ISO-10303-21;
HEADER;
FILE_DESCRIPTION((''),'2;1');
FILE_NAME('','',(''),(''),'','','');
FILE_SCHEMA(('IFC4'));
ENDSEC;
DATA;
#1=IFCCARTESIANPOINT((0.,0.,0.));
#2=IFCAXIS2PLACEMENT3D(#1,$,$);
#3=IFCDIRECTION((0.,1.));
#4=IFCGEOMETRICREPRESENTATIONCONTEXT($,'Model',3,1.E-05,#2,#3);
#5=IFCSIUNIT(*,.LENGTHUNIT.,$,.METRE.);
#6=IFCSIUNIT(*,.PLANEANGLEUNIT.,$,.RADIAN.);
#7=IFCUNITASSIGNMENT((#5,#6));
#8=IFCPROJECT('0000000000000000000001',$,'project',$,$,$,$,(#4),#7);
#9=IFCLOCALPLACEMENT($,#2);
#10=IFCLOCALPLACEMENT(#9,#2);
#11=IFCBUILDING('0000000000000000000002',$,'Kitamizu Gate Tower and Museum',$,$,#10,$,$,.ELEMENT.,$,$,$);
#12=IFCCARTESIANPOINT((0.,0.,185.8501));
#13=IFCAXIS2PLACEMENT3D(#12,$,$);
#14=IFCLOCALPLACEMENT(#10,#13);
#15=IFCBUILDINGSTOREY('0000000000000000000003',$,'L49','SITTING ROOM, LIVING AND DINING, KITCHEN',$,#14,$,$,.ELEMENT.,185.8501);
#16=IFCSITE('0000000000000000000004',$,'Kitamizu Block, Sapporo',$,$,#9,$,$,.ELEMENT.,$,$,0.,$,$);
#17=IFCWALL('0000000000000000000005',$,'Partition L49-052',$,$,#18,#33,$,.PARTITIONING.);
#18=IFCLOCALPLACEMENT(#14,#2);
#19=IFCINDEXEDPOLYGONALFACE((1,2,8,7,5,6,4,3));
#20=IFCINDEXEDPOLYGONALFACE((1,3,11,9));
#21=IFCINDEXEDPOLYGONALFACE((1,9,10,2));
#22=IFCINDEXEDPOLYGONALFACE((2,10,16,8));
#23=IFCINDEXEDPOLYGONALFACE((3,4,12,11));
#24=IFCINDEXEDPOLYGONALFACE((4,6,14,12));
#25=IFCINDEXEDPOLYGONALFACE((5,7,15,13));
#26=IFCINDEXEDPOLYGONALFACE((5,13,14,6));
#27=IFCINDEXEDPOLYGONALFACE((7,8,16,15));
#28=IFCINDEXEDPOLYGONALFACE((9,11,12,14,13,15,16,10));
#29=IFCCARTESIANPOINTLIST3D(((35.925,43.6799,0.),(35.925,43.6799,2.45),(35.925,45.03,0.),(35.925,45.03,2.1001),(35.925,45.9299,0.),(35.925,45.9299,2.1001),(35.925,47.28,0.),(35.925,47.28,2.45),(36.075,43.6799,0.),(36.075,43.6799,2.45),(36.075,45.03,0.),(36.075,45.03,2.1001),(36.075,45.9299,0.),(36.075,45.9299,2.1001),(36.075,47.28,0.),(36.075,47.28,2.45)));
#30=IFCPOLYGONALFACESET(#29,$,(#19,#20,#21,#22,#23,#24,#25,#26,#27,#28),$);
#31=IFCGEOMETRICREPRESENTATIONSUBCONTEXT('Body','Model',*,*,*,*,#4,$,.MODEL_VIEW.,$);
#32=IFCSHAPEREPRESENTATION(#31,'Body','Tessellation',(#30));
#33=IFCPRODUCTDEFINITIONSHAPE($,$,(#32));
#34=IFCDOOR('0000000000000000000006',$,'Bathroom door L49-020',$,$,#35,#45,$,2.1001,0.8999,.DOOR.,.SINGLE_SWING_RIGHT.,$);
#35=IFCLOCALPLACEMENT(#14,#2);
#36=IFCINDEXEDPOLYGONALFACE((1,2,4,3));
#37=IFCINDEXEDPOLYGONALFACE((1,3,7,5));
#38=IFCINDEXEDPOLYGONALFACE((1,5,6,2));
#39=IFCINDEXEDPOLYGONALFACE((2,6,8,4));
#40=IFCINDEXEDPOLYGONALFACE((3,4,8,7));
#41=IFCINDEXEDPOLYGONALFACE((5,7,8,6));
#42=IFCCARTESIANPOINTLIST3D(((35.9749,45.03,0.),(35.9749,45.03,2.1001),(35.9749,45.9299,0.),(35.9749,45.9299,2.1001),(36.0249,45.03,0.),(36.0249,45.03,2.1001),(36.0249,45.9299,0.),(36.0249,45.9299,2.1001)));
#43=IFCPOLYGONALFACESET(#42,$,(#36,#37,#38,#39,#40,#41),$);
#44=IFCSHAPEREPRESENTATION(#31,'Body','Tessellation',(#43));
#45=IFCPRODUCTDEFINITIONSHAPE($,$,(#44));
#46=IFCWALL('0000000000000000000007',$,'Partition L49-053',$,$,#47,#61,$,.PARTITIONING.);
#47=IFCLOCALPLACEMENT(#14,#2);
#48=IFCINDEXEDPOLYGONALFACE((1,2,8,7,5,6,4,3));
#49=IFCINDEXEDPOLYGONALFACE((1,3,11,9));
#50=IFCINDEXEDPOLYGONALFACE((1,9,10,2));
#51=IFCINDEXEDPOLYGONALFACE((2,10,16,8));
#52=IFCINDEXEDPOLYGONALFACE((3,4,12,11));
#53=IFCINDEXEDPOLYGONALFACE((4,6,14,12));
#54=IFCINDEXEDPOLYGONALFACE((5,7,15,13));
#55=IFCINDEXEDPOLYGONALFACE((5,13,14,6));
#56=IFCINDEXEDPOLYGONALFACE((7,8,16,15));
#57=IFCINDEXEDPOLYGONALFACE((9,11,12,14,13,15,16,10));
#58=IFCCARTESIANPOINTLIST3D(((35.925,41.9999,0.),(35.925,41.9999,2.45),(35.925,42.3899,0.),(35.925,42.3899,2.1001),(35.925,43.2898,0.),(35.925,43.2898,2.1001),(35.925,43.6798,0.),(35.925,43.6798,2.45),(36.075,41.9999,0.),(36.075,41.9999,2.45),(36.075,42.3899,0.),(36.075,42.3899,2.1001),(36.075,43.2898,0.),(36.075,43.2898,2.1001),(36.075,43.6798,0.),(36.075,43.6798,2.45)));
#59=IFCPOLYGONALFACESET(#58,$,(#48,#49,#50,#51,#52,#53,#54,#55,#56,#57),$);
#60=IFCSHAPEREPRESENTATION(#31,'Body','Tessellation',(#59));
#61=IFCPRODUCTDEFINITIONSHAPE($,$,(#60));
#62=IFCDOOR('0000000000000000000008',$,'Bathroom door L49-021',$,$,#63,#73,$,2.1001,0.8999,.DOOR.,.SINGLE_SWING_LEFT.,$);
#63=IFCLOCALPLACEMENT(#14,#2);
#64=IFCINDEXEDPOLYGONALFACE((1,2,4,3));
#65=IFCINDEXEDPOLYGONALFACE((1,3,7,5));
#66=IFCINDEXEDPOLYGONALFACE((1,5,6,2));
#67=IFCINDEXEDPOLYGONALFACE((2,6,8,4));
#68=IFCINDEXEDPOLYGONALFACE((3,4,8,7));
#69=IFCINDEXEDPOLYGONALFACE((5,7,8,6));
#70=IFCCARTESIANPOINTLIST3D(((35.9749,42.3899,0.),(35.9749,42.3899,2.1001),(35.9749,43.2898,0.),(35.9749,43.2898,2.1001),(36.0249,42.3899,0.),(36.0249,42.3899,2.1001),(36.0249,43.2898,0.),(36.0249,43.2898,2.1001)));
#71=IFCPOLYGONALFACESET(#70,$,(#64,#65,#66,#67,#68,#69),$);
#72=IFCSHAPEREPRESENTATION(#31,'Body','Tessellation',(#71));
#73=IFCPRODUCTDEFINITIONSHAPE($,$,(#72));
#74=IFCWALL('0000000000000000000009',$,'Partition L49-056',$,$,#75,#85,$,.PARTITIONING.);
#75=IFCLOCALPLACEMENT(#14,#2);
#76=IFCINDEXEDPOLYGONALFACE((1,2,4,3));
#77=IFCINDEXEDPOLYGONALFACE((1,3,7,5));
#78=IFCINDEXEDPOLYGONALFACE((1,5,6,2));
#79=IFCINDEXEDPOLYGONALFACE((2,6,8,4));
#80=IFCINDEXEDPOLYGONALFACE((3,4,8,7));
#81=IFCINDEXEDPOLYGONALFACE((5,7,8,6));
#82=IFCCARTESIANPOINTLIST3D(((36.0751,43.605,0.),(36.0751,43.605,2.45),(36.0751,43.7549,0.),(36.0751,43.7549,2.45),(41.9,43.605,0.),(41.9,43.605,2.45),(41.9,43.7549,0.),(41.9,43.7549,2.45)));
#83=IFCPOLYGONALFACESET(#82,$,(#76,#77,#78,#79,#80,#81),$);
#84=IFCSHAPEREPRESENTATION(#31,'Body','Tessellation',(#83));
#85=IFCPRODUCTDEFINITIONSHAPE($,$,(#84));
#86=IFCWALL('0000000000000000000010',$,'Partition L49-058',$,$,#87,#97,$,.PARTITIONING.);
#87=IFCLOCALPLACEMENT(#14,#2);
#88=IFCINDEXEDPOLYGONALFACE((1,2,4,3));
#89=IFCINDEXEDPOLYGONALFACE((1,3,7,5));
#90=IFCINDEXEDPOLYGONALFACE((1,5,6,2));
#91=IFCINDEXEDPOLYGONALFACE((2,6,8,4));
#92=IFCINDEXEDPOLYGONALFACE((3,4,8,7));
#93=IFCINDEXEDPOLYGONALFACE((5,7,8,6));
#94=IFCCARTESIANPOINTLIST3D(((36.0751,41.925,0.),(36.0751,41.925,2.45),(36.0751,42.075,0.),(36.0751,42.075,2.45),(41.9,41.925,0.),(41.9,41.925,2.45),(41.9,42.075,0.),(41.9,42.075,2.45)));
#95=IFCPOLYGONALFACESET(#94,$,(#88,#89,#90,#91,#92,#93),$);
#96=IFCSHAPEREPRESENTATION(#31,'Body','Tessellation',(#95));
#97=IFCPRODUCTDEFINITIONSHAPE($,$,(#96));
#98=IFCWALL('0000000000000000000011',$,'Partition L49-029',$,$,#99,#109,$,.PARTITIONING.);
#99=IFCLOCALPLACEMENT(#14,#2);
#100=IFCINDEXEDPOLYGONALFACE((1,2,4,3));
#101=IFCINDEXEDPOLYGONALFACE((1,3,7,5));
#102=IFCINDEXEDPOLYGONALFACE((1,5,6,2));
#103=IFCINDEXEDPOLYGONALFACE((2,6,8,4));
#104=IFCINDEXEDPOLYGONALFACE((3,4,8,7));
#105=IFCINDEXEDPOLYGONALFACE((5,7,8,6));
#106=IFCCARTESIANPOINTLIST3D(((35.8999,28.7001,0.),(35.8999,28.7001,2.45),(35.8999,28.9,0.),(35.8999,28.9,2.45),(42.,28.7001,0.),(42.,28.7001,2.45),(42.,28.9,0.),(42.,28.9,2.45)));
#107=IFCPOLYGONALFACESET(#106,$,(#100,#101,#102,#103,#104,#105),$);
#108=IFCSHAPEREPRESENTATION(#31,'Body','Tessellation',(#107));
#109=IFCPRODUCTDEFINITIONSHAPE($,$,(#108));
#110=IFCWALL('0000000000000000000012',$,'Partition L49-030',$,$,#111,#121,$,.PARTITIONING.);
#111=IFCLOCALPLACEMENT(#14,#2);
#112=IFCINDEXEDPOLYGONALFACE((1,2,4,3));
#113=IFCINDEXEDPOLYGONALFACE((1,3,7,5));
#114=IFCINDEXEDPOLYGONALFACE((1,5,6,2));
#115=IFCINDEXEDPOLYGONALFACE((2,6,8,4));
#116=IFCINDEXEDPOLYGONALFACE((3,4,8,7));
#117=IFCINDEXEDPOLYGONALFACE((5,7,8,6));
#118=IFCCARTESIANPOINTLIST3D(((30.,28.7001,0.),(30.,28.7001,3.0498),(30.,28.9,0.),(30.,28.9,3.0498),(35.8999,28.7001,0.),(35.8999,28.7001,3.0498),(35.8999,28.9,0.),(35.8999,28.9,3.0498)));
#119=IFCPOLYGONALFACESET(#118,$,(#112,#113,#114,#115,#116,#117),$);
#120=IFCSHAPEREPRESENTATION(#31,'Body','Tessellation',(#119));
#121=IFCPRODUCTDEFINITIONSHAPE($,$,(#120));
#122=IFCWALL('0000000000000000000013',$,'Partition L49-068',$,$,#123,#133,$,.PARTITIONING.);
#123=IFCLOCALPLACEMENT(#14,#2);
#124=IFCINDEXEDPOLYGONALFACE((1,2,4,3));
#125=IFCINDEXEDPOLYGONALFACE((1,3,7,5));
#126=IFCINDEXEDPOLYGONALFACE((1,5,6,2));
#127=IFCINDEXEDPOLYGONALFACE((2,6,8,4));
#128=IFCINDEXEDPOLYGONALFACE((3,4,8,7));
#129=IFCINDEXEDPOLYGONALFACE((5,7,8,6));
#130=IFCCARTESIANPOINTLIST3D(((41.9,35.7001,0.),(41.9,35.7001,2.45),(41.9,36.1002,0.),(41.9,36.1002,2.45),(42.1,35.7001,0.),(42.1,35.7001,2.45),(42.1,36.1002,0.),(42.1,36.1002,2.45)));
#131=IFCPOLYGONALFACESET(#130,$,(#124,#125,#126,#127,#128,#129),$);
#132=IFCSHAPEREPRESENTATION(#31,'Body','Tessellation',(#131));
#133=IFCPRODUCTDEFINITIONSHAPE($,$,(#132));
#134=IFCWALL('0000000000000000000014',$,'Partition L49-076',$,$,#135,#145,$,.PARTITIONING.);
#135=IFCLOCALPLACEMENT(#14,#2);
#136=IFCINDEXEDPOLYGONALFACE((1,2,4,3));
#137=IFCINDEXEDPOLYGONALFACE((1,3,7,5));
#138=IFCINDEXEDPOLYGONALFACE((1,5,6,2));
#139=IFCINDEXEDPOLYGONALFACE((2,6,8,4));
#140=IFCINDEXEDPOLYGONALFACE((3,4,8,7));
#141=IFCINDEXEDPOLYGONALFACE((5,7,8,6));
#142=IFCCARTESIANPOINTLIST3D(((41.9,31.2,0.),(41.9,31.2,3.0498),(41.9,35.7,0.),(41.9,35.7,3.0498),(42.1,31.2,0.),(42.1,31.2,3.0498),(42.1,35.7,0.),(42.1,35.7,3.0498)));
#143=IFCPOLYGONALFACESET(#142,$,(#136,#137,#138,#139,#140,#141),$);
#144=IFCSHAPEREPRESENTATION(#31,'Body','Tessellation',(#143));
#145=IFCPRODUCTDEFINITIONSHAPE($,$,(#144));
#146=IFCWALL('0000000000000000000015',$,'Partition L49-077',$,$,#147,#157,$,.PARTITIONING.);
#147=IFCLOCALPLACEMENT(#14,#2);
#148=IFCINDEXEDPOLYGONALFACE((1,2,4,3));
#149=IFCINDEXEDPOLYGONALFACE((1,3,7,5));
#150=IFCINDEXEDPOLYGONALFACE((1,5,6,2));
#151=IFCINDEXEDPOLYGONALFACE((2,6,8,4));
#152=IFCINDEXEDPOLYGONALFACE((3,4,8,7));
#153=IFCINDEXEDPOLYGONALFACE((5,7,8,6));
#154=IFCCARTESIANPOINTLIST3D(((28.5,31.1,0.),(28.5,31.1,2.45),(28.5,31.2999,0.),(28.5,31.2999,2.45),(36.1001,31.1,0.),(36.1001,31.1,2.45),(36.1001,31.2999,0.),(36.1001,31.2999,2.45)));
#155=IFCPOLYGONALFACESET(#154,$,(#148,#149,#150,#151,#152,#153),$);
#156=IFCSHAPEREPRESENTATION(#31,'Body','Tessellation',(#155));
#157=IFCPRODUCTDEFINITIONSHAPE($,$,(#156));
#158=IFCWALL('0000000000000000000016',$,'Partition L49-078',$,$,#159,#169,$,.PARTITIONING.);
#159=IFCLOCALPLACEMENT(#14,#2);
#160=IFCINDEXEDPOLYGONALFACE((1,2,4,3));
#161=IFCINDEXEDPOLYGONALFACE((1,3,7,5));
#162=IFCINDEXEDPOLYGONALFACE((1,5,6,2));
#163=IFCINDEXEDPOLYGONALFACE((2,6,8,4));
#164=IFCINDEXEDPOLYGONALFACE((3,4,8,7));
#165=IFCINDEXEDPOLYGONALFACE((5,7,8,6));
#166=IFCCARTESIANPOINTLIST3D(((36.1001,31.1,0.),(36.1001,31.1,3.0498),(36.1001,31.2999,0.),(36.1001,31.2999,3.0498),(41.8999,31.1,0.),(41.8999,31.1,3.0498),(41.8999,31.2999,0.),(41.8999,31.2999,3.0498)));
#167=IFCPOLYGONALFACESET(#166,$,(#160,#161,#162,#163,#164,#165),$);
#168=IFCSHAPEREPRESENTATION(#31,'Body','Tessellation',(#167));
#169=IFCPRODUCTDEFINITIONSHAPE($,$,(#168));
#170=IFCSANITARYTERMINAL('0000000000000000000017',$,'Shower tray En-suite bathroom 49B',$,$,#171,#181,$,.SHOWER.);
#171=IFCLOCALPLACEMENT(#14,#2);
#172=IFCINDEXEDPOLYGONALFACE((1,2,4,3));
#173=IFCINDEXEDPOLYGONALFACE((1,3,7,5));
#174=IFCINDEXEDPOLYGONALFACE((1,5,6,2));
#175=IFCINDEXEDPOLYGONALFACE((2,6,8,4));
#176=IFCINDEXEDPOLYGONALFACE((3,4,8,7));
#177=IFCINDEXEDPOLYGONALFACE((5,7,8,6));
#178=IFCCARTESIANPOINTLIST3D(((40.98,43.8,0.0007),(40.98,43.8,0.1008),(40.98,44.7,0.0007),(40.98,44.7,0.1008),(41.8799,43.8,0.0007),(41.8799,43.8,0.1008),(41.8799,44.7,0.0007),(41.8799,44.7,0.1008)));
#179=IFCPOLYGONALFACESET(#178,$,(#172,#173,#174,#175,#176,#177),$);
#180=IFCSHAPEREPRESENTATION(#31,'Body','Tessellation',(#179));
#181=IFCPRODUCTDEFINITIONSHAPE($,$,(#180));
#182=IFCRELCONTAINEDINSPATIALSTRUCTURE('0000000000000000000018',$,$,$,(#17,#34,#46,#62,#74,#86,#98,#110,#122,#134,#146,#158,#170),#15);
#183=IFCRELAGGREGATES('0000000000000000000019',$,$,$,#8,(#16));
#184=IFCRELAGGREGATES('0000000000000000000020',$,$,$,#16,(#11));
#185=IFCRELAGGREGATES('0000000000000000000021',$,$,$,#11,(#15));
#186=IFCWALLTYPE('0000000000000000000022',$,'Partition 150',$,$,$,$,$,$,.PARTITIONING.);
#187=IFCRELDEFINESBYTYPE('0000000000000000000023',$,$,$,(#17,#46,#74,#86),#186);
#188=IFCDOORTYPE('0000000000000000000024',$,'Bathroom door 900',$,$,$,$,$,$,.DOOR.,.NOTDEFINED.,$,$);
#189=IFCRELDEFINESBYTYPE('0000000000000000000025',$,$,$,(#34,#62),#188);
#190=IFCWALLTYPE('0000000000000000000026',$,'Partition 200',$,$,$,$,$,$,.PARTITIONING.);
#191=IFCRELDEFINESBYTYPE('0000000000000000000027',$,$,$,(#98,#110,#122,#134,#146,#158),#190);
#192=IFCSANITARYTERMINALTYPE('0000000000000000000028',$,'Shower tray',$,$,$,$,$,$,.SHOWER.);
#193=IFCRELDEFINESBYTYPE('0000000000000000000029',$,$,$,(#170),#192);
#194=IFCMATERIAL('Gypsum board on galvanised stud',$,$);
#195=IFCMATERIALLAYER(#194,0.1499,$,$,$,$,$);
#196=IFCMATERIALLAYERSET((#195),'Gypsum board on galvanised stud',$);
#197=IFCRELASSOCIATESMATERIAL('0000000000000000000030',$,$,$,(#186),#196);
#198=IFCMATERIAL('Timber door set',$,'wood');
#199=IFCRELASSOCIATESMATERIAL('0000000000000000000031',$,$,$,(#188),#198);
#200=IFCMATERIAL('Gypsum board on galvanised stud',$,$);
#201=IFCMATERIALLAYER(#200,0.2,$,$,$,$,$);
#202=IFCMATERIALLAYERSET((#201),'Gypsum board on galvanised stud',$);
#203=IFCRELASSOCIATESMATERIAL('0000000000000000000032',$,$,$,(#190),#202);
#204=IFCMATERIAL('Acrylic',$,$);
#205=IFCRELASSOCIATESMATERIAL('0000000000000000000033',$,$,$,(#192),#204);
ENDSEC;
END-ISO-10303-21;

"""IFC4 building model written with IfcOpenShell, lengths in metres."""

from ifc_helpers import new_model, si_unit, direction, frame, frame_2d, origin, origin_2d, place, context, subcontext, project, spatial, rectangle, extrude, material, layer, layer_set, type_object, element, fill, save


model = new_model("IFC4")

# Units and contexts
model_context = context("Model", 3, precision=1e-05, world=origin(), true_north=direction((0.0, 1.0)))
body_context = subcontext(model_context, "Body", "Model", "MODEL_VIEW")
ifc_project = project(units=[si_unit("LENGTHUNIT", "METRE"), si_unit("PLANEANGLEUNIT", "RADIAN")], contexts=[model_context])

# Site, building, storey
site_placement = place(None, origin())
site = spatial("IfcSite", under=ifc_project, at=site_placement, Name="Kitamizu Block, Sapporo", CompositionType="ELEMENT", RefElevation=0.0)
building_placement = place(site_placement, origin())
building = spatial("IfcBuilding", under=site, at=building_placement, Name="Kitamizu Gate Tower and Museum", CompositionType="ELEMENT")
storey_placement = place(building_placement, frame((0.0, 0.0, 185.8501)))
storey = spatial("IfcBuildingStorey", under=building, at=storey_placement, Name="L49", Description="SITTING ROOM, LIVING AND DINING, KITCHEN", CompositionType="ELEMENT", Elevation=185.8501)

# Walls, openings, doors
ifc_material_1 = material(Name="Gypsum board on galvanised stud")
ifc_layer_1 = layer(ifc_material_1, 0.1499)
ifc_layer_set_1 = layer_set([ifc_layer_1], Name="Gypsum board on galvanised stud")
wall_type_1 = type_object("IfcWallType", Name="Partition 150", PredefinedType="PARTITIONING", material=ifc_layer_set_1)
wall_1_placement = place(storey_placement, frame((36.0, 43.6799, 0.0), z_axis=(0.0, 0.0, 1.0), x_axis=(0.0, 1.0, 0.0)))
wall_1 = element("IfcWall", 1, at=wall_1_placement, inside=storey, type_object=wall_type_1, Name="Partition L49-052", PredefinedType="PARTITIONING", context=body_context, shape_type="SweptSolid", body=[
    extrude(rectangle(XDim=3.6001, YDim=0.1499, at=frame_2d((1.8, 0.0))), origin(), (0.0, 0.0, 1.0), 2.45),
])
opening_1_placement = place(wall_1_placement, frame((1.3501, 0.0, 0.0)))
opening_1 = element("IfcOpeningElement", 2, at=opening_1_placement, cuts=wall_1, PredefinedType="OPENING", context=body_context, shape_type="SweptSolid", body=[
    extrude(rectangle(XDim=0.8999, YDim=2.1001, at=frame_2d((0.45, 1.05))), frame((0.0, 0.085, 0.0), z_axis=(0.0, -1.0, 0.0), x_axis=(1.0, 0.0, 0.0)), (0.0, 0.0, 1.0), 0.1699),
])
ifc_material_2 = material(Name="Timber door set", Category="wood")
door_type_1 = type_object("IfcDoorType", Name="Bathroom door 900", OperationType="NOTDEFINED", PredefinedType="DOOR", material=ifc_material_2)
door_1_placement = place(opening_1_placement, frame((0.8999, 0.0, 0.0), x_axis=(-1.0, 0.0, 0.0)))
door_1 = element("IfcDoor", 3, at=door_1_placement, inside=storey, type_object=door_type_1, Name="Bathroom door L49-020", OperationType="SINGLE_SWING_RIGHT", OverallHeight=2.1001, OverallWidth=0.8999, PredefinedType="DOOR", context=body_context, shape_type="SweptSolid", body=[
    extrude(rectangle(XDim=0.8999, YDim=2.1001, at=frame_2d((0.45, 1.05))), frame((0.0, 0.0249, 0.0), z_axis=(0.0, -1.0, 0.0), x_axis=(1.0, 0.0, 0.0)), (0.0, 0.0, 1.0), 0.05),
])
fill(opening_1, door_1)
wall_2_placement = place(storey_placement, frame((36.0, 42.0, 0.0), z_axis=(0.0, 0.0, 1.0), x_axis=(0.0, 1.0, 0.0)))
wall_2 = element("IfcWall", 4, at=wall_2_placement, inside=storey, type_object=wall_type_1, Name="Partition L49-053", PredefinedType="PARTITIONING", context=body_context, shape_type="SweptSolid", body=[
    extrude(rectangle(XDim=1.6799, YDim=0.1499, at=frame_2d((0.8398, 0.0))), origin(), (0.0, 0.0, 1.0), 2.45),
])
opening_2_placement = place(wall_2_placement, frame((0.3899, 0.0, 0.0)))
opening_2 = element("IfcOpeningElement", 5, at=opening_2_placement, cuts=wall_2, PredefinedType="OPENING", context=body_context, shape_type="SweptSolid", body=[
    extrude(rectangle(XDim=0.8999, YDim=2.1001, at=frame_2d((0.45, 1.05))), frame((0.0, 0.085, 0.0), z_axis=(0.0, -1.0, 0.0), x_axis=(1.0, 0.0, 0.0)), (0.0, 0.0, 1.0), 0.1699),
])
door_2_placement = place(opening_2_placement, frame((0.8999, 0.0, 0.0), x_axis=(-1.0, 0.0, 0.0)))
door_2 = element("IfcDoor", 6, at=door_2_placement, inside=storey, type_object=door_type_1, Name="Bathroom door L49-021", OperationType="SINGLE_SWING_LEFT", OverallHeight=2.1001, OverallWidth=0.8999, PredefinedType="DOOR", context=body_context, shape_type="SweptSolid", body=[
    extrude(rectangle(XDim=0.8999, YDim=2.1001, at=frame_2d((0.45, 1.05))), frame((0.0, 0.0249, 0.0), z_axis=(0.0, -1.0, 0.0), x_axis=(1.0, 0.0, 0.0)), (0.0, 0.0, 1.0), 0.05),
])
fill(opening_2, door_2)

# Walls
for number, where, z_axis, x_axis, name in (
    (7, (36.075, 43.6799, 0.0), (0.0, 0.0, 1.0), (1.0, 0.0, 0.0), "Partition L49-056"),
    (8, (36.075, 42.0, 0.0), (0.0, 0.0, 1.0), (1.0, 0.0, 0.0), "Partition L49-058"),
):
    element("IfcWall", number, at=place(storey_placement, frame(where, z_axis=z_axis, x_axis=x_axis)), inside=storey, type_object=wall_type_1, Name=name, PredefinedType="PARTITIONING", context=body_context, shape_type="SweptSolid", body=[
        extrude(rectangle(XDim=5.825, YDim=0.1499, at=frame_2d((2.9126, 0.0))), origin(), (0.0, 0.0, 1.0), 2.45),
    ])
ifc_material_3 = material(Name="Gypsum board on galvanised stud")
ifc_layer_2 = layer(ifc_material_3, 0.2)
ifc_layer_set_2 = layer_set([ifc_layer_2], Name="Gypsum board on galvanised stud")
wall_type_2 = type_object("IfcWallType", Name="Partition 200", PredefinedType="PARTITIONING", material=ifc_layer_set_2)
wall_3_placement = place(storey_placement, frame((42.0, 28.8, 0.0), z_axis=(0.0, 0.0, 1.0), x_axis=(-1.0, 0.0, 0.0)))
element("IfcWall", 9, at=wall_3_placement, inside=storey, type_object=wall_type_2, Name="Partition L49-029", PredefinedType="PARTITIONING", context=body_context, shape_type="SweptSolid", body=[
    extrude(rectangle(XDim=6.1001, YDim=0.2, at=frame_2d((3.05, 0.0))), origin(), (0.0, 0.0, 1.0), 2.45),
])
wall_4_placement = place(storey_placement, frame((35.8999, 28.8, 0.0), z_axis=(0.0, 0.0, 1.0), x_axis=(-1.0, 0.0, 0.0)))
element("IfcWall", 10, at=wall_4_placement, inside=storey, type_object=wall_type_2, Name="Partition L49-030", PredefinedType="PARTITIONING", context=body_context, shape_type="SweptSolid", body=[
    extrude(rectangle(XDim=5.8999, YDim=0.2, at=frame_2d((2.95, 0.0))), origin(), (0.0, 0.0, 1.0), 3.0498),
])
wall_5_placement = place(storey_placement, frame((42.0, 35.7, 0.0), z_axis=(0.0, 0.0, 1.0), x_axis=(0.0, 1.0, 0.0)))
element("IfcWall", 11, at=wall_5_placement, inside=storey, type_object=wall_type_2, Name="Partition L49-068", PredefinedType="PARTITIONING", context=body_context, shape_type="SweptSolid", body=[
    extrude(rectangle(XDim=0.4001, YDim=0.2, at=frame_2d((0.2002, 0.0))), origin(), (0.0, 0.0, 1.0), 2.45),
])
wall_6_placement = place(storey_placement, frame((42.0, 31.2, 0.0), z_axis=(0.0, 0.0, 1.0), x_axis=(0.0, 1.0, 0.0)))
element("IfcWall", 12, at=wall_6_placement, inside=storey, type_object=wall_type_2, Name="Partition L49-076", PredefinedType="PARTITIONING", context=body_context, shape_type="SweptSolid", body=[
    extrude(rectangle(XDim=4.5, YDim=0.2, at=frame_2d((2.25, 0.0))), origin(), (0.0, 0.0, 1.0), 3.0498),
])
wall_7_placement = place(storey_placement, frame((28.5, 31.2, 0.0), z_axis=(0.0, 0.0, 1.0), x_axis=(1.0, 0.0, 0.0)))
element("IfcWall", 13, at=wall_7_placement, inside=storey, type_object=wall_type_2, Name="Partition L49-077", PredefinedType="PARTITIONING", context=body_context, shape_type="SweptSolid", body=[
    extrude(rectangle(XDim=7.6001, YDim=0.2, at=frame_2d((3.8, 0.0))), origin(), (0.0, 0.0, 1.0), 2.45),
])
wall_8_placement = place(storey_placement, frame((36.1001, 31.2, 0.0), z_axis=(0.0, 0.0, 1.0), x_axis=(1.0, 0.0, 0.0)))
element("IfcWall", 14, at=wall_8_placement, inside=storey, type_object=wall_type_2, Name="Partition L49-078", PredefinedType="PARTITIONING", context=body_context, shape_type="SweptSolid", body=[
    extrude(rectangle(XDim=5.7998, YDim=0.2, at=frame_2d((2.8999, 0.0))), origin(), (0.0, 0.0, 1.0), 3.0498),
])

# Sanitary terminal
ifc_material_4 = material(Name="Acrylic")
sanitary_terminal_type_1 = type_object("IfcSanitaryTerminalType", Name="Shower tray", PredefinedType="SHOWER", material=ifc_material_4)
sanitary_terminal_1_placement = place(storey_placement, frame((41.4299, 44.25, 0.0007), z_axis=(0.0, 0.0, 1.0), x_axis=(1.0, 0.0, 0.0)))
element("IfcSanitaryTerminal", 15, at=sanitary_terminal_1_placement, inside=storey, type_object=sanitary_terminal_type_1, Name="Shower tray En-suite bathroom 49B", PredefinedType="SHOWER", context=body_context, shape_type="SweptSolid", body=[
    extrude(rectangle(XDim=0.8999, YDim=0.8999, at=origin_2d()), origin(), (0.0, 0.0, 1.0), 0.1001),
])

save(model, "model.ifc")
